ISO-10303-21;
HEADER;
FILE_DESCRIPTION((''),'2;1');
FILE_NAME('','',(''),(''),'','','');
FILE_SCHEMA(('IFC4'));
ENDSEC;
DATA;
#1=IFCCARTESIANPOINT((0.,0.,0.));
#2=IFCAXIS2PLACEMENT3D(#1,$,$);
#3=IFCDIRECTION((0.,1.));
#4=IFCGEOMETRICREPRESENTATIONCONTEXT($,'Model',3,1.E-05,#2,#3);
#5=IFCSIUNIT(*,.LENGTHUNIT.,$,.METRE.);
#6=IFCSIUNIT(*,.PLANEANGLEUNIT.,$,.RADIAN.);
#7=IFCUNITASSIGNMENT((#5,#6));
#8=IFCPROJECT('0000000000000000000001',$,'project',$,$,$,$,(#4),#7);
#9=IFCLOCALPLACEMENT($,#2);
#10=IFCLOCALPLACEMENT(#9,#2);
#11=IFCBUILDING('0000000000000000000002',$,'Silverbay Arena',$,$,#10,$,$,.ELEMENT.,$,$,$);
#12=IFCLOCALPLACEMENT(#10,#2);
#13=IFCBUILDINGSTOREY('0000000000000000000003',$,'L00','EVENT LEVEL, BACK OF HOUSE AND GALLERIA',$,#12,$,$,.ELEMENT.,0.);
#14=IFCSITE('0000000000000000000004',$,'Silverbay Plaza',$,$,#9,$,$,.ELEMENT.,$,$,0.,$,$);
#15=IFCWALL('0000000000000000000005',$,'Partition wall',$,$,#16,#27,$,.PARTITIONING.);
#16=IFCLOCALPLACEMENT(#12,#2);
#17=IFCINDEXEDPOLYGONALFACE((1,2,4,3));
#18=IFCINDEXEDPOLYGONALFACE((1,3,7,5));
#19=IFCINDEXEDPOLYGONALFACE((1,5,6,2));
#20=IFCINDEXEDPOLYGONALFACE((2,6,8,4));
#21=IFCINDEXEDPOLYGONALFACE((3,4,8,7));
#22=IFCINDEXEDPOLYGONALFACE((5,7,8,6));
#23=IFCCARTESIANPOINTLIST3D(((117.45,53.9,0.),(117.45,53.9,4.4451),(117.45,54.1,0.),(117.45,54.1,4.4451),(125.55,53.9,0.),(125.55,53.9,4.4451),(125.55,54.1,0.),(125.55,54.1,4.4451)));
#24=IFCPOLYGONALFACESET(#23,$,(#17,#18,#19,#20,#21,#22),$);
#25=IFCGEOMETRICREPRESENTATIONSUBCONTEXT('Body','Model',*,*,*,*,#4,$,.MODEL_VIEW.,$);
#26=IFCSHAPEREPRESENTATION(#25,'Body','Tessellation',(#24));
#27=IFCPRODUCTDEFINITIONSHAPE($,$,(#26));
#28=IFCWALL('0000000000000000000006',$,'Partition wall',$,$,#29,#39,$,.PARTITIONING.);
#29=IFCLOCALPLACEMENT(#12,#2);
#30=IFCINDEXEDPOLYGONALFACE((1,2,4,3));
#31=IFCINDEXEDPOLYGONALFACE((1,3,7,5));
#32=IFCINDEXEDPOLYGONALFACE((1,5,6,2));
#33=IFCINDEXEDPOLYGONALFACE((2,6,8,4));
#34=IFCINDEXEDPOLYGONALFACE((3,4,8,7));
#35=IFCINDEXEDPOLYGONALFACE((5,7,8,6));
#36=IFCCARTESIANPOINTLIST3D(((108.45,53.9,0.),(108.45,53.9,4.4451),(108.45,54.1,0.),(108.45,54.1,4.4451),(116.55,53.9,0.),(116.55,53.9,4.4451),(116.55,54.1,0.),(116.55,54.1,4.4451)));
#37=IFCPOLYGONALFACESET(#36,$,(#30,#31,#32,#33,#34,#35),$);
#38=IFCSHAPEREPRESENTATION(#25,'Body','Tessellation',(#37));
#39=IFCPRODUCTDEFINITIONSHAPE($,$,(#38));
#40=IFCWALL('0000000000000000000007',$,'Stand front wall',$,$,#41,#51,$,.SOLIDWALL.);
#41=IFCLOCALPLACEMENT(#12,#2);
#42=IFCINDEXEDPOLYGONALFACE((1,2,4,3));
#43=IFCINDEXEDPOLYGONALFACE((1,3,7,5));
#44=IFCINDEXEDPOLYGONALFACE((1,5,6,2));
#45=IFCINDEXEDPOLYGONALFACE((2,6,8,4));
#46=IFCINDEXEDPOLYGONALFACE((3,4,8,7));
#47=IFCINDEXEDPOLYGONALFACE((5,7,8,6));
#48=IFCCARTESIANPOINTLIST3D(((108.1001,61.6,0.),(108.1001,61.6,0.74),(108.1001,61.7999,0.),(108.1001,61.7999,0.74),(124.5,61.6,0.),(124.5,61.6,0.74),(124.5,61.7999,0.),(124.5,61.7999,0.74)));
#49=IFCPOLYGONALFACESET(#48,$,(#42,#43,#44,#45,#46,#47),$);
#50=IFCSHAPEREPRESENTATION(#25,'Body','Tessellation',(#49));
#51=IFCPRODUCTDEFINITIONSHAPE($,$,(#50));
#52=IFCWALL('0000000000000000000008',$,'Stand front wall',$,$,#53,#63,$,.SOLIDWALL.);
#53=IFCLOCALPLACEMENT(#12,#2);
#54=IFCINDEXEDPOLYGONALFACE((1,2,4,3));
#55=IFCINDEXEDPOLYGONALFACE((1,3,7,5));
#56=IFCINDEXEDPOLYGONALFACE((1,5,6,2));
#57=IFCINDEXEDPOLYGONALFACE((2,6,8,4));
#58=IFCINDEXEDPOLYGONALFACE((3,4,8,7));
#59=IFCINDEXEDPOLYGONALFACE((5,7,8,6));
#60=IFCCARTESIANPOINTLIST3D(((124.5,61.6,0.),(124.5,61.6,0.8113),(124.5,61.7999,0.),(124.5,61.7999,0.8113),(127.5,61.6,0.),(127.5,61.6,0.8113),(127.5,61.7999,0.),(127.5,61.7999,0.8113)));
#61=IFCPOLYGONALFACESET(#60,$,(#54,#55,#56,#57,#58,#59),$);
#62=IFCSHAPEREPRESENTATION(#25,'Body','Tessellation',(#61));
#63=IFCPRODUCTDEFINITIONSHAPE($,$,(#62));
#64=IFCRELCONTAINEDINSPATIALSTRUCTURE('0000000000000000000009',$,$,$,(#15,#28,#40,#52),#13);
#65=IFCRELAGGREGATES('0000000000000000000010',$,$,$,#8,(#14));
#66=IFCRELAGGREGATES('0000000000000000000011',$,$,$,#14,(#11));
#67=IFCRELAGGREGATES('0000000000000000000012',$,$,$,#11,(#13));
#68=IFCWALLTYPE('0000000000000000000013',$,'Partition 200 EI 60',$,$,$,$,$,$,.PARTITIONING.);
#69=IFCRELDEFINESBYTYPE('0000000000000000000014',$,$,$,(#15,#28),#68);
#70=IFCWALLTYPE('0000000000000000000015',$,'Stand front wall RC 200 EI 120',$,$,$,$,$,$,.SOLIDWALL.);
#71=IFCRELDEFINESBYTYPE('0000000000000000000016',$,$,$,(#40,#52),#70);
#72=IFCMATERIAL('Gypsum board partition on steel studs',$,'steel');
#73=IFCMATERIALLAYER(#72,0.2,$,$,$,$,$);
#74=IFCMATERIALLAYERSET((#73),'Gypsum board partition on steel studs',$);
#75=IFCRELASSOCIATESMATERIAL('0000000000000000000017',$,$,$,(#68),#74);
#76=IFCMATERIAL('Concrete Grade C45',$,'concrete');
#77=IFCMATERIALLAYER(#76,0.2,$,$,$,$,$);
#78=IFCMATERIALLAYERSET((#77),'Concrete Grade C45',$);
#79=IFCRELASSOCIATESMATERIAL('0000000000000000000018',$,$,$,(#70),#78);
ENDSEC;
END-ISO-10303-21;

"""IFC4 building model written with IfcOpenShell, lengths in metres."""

from ifc_helpers import new_model, si_unit, direction, frame, frame_2d, origin, place, context, subcontext, project, spatial, rectangle, extrude, material, layer, layer_set, type_object, element, save


model = new_model("IFC4")

# Units and contexts
model_context = context("Model", 3, precision=1e-05, world=origin(), true_north=direction((0.0, 1.0)))
body_context = subcontext(model_context, "Body", "Model", "MODEL_VIEW")
ifc_project = project(units=[si_unit("LENGTHUNIT", "METRE"), si_unit("PLANEANGLEUNIT", "RADIAN")], contexts=[model_context])

# Site, building, storey
site_placement = place(None, origin())
site = spatial("IfcSite", under=ifc_project, at=site_placement, Name="Silverbay Plaza", CompositionType="ELEMENT", RefElevation=0.0)
building_placement = place(site_placement, origin())
building = spatial("IfcBuilding", under=site, at=building_placement, Name="Silverbay Arena", CompositionType="ELEMENT")
storey_placement = place(building_placement, origin())
storey = spatial("IfcBuildingStorey", under=building, at=storey_placement, Name="L00", Description="EVENT LEVEL, BACK OF HOUSE AND GALLERIA", CompositionType="ELEMENT", Elevation=0.0)

# Walls
ifc_material_1 = material(Name="Gypsum board partition on steel studs", Category="steel")
ifc_layer_1 = layer(ifc_material_1, 0.2)
ifc_layer_set_1 = layer_set([ifc_layer_1], Name="Gypsum board partition on steel studs")
wall_type_1 = type_object("IfcWallType", Name="Partition 200 EI 60", PredefinedType="PARTITIONING", material=ifc_layer_set_1)
for number, where, z_axis, x_axis, name in (
    (1, (117.45, 54.0, 0.0), (0.0, 0.0, 1.0), (1.0, 0.0, 0.0), "Partition wall"),
    (2, (108.45, 54.0, 0.0), (0.0, 0.0, 1.0), (1.0, 0.0, 0.0), "Partition wall"),
):
    element("IfcWall", number, at=place(storey_placement, frame(where, z_axis=z_axis, x_axis=x_axis)), inside=storey, type_object=wall_type_1, Name=name, PredefinedType="PARTITIONING", context=body_context, shape_type="SweptSolid", body=[
        extrude(rectangle(XDim=8.1001, YDim=0.2, at=frame_2d((4.05, 0.0))), origin(), (0.0, 0.0, 1.0), 4.4451),
    ])
ifc_material_2 = material(Name="Concrete Grade C45", Category="concrete")
ifc_layer_2 = layer(ifc_material_2, 0.2)
ifc_layer_set_2 = layer_set([ifc_layer_2], Name="Concrete Grade C45")
wall_type_2 = type_object("IfcWallType", Name="Stand front wall RC 200 EI 120", PredefinedType="SOLIDWALL", material=ifc_layer_set_2)
wall_1_placement = place(storey_placement, frame((108.1001, 61.7, 0.0), z_axis=(0.0, 0.0, 1.0), x_axis=(1.0, 0.0, 0.0)))
element("IfcWall", 3, at=wall_1_placement, inside=storey, type_object=wall_type_2, Name="Stand front wall", PredefinedType="SOLIDWALL", context=body_context, shape_type="SweptSolid", body=[
    extrude(rectangle(XDim=16.3999, YDim=0.2, at=frame_2d((8.2, 0.0))), origin(), (0.0, 0.0, 1.0), 0.74),
])
wall_2_placement = place(storey_placement, frame((124.5, 61.7, 0.0), z_axis=(0.0, 0.0, 1.0), x_axis=(1.0, 0.0, 0.0)))
element("IfcWall", 4, at=wall_2_placement, inside=storey, type_object=wall_type_2, Name="Stand front wall", PredefinedType="SOLIDWALL", context=body_context, shape_type="SweptSolid", body=[
    extrude(rectangle(XDim=3.0, YDim=0.2, at=frame_2d((1.5, 0.0))), origin(), (0.0, 0.0, 1.0), 0.8113),
])

save(model, "model.ifc")
